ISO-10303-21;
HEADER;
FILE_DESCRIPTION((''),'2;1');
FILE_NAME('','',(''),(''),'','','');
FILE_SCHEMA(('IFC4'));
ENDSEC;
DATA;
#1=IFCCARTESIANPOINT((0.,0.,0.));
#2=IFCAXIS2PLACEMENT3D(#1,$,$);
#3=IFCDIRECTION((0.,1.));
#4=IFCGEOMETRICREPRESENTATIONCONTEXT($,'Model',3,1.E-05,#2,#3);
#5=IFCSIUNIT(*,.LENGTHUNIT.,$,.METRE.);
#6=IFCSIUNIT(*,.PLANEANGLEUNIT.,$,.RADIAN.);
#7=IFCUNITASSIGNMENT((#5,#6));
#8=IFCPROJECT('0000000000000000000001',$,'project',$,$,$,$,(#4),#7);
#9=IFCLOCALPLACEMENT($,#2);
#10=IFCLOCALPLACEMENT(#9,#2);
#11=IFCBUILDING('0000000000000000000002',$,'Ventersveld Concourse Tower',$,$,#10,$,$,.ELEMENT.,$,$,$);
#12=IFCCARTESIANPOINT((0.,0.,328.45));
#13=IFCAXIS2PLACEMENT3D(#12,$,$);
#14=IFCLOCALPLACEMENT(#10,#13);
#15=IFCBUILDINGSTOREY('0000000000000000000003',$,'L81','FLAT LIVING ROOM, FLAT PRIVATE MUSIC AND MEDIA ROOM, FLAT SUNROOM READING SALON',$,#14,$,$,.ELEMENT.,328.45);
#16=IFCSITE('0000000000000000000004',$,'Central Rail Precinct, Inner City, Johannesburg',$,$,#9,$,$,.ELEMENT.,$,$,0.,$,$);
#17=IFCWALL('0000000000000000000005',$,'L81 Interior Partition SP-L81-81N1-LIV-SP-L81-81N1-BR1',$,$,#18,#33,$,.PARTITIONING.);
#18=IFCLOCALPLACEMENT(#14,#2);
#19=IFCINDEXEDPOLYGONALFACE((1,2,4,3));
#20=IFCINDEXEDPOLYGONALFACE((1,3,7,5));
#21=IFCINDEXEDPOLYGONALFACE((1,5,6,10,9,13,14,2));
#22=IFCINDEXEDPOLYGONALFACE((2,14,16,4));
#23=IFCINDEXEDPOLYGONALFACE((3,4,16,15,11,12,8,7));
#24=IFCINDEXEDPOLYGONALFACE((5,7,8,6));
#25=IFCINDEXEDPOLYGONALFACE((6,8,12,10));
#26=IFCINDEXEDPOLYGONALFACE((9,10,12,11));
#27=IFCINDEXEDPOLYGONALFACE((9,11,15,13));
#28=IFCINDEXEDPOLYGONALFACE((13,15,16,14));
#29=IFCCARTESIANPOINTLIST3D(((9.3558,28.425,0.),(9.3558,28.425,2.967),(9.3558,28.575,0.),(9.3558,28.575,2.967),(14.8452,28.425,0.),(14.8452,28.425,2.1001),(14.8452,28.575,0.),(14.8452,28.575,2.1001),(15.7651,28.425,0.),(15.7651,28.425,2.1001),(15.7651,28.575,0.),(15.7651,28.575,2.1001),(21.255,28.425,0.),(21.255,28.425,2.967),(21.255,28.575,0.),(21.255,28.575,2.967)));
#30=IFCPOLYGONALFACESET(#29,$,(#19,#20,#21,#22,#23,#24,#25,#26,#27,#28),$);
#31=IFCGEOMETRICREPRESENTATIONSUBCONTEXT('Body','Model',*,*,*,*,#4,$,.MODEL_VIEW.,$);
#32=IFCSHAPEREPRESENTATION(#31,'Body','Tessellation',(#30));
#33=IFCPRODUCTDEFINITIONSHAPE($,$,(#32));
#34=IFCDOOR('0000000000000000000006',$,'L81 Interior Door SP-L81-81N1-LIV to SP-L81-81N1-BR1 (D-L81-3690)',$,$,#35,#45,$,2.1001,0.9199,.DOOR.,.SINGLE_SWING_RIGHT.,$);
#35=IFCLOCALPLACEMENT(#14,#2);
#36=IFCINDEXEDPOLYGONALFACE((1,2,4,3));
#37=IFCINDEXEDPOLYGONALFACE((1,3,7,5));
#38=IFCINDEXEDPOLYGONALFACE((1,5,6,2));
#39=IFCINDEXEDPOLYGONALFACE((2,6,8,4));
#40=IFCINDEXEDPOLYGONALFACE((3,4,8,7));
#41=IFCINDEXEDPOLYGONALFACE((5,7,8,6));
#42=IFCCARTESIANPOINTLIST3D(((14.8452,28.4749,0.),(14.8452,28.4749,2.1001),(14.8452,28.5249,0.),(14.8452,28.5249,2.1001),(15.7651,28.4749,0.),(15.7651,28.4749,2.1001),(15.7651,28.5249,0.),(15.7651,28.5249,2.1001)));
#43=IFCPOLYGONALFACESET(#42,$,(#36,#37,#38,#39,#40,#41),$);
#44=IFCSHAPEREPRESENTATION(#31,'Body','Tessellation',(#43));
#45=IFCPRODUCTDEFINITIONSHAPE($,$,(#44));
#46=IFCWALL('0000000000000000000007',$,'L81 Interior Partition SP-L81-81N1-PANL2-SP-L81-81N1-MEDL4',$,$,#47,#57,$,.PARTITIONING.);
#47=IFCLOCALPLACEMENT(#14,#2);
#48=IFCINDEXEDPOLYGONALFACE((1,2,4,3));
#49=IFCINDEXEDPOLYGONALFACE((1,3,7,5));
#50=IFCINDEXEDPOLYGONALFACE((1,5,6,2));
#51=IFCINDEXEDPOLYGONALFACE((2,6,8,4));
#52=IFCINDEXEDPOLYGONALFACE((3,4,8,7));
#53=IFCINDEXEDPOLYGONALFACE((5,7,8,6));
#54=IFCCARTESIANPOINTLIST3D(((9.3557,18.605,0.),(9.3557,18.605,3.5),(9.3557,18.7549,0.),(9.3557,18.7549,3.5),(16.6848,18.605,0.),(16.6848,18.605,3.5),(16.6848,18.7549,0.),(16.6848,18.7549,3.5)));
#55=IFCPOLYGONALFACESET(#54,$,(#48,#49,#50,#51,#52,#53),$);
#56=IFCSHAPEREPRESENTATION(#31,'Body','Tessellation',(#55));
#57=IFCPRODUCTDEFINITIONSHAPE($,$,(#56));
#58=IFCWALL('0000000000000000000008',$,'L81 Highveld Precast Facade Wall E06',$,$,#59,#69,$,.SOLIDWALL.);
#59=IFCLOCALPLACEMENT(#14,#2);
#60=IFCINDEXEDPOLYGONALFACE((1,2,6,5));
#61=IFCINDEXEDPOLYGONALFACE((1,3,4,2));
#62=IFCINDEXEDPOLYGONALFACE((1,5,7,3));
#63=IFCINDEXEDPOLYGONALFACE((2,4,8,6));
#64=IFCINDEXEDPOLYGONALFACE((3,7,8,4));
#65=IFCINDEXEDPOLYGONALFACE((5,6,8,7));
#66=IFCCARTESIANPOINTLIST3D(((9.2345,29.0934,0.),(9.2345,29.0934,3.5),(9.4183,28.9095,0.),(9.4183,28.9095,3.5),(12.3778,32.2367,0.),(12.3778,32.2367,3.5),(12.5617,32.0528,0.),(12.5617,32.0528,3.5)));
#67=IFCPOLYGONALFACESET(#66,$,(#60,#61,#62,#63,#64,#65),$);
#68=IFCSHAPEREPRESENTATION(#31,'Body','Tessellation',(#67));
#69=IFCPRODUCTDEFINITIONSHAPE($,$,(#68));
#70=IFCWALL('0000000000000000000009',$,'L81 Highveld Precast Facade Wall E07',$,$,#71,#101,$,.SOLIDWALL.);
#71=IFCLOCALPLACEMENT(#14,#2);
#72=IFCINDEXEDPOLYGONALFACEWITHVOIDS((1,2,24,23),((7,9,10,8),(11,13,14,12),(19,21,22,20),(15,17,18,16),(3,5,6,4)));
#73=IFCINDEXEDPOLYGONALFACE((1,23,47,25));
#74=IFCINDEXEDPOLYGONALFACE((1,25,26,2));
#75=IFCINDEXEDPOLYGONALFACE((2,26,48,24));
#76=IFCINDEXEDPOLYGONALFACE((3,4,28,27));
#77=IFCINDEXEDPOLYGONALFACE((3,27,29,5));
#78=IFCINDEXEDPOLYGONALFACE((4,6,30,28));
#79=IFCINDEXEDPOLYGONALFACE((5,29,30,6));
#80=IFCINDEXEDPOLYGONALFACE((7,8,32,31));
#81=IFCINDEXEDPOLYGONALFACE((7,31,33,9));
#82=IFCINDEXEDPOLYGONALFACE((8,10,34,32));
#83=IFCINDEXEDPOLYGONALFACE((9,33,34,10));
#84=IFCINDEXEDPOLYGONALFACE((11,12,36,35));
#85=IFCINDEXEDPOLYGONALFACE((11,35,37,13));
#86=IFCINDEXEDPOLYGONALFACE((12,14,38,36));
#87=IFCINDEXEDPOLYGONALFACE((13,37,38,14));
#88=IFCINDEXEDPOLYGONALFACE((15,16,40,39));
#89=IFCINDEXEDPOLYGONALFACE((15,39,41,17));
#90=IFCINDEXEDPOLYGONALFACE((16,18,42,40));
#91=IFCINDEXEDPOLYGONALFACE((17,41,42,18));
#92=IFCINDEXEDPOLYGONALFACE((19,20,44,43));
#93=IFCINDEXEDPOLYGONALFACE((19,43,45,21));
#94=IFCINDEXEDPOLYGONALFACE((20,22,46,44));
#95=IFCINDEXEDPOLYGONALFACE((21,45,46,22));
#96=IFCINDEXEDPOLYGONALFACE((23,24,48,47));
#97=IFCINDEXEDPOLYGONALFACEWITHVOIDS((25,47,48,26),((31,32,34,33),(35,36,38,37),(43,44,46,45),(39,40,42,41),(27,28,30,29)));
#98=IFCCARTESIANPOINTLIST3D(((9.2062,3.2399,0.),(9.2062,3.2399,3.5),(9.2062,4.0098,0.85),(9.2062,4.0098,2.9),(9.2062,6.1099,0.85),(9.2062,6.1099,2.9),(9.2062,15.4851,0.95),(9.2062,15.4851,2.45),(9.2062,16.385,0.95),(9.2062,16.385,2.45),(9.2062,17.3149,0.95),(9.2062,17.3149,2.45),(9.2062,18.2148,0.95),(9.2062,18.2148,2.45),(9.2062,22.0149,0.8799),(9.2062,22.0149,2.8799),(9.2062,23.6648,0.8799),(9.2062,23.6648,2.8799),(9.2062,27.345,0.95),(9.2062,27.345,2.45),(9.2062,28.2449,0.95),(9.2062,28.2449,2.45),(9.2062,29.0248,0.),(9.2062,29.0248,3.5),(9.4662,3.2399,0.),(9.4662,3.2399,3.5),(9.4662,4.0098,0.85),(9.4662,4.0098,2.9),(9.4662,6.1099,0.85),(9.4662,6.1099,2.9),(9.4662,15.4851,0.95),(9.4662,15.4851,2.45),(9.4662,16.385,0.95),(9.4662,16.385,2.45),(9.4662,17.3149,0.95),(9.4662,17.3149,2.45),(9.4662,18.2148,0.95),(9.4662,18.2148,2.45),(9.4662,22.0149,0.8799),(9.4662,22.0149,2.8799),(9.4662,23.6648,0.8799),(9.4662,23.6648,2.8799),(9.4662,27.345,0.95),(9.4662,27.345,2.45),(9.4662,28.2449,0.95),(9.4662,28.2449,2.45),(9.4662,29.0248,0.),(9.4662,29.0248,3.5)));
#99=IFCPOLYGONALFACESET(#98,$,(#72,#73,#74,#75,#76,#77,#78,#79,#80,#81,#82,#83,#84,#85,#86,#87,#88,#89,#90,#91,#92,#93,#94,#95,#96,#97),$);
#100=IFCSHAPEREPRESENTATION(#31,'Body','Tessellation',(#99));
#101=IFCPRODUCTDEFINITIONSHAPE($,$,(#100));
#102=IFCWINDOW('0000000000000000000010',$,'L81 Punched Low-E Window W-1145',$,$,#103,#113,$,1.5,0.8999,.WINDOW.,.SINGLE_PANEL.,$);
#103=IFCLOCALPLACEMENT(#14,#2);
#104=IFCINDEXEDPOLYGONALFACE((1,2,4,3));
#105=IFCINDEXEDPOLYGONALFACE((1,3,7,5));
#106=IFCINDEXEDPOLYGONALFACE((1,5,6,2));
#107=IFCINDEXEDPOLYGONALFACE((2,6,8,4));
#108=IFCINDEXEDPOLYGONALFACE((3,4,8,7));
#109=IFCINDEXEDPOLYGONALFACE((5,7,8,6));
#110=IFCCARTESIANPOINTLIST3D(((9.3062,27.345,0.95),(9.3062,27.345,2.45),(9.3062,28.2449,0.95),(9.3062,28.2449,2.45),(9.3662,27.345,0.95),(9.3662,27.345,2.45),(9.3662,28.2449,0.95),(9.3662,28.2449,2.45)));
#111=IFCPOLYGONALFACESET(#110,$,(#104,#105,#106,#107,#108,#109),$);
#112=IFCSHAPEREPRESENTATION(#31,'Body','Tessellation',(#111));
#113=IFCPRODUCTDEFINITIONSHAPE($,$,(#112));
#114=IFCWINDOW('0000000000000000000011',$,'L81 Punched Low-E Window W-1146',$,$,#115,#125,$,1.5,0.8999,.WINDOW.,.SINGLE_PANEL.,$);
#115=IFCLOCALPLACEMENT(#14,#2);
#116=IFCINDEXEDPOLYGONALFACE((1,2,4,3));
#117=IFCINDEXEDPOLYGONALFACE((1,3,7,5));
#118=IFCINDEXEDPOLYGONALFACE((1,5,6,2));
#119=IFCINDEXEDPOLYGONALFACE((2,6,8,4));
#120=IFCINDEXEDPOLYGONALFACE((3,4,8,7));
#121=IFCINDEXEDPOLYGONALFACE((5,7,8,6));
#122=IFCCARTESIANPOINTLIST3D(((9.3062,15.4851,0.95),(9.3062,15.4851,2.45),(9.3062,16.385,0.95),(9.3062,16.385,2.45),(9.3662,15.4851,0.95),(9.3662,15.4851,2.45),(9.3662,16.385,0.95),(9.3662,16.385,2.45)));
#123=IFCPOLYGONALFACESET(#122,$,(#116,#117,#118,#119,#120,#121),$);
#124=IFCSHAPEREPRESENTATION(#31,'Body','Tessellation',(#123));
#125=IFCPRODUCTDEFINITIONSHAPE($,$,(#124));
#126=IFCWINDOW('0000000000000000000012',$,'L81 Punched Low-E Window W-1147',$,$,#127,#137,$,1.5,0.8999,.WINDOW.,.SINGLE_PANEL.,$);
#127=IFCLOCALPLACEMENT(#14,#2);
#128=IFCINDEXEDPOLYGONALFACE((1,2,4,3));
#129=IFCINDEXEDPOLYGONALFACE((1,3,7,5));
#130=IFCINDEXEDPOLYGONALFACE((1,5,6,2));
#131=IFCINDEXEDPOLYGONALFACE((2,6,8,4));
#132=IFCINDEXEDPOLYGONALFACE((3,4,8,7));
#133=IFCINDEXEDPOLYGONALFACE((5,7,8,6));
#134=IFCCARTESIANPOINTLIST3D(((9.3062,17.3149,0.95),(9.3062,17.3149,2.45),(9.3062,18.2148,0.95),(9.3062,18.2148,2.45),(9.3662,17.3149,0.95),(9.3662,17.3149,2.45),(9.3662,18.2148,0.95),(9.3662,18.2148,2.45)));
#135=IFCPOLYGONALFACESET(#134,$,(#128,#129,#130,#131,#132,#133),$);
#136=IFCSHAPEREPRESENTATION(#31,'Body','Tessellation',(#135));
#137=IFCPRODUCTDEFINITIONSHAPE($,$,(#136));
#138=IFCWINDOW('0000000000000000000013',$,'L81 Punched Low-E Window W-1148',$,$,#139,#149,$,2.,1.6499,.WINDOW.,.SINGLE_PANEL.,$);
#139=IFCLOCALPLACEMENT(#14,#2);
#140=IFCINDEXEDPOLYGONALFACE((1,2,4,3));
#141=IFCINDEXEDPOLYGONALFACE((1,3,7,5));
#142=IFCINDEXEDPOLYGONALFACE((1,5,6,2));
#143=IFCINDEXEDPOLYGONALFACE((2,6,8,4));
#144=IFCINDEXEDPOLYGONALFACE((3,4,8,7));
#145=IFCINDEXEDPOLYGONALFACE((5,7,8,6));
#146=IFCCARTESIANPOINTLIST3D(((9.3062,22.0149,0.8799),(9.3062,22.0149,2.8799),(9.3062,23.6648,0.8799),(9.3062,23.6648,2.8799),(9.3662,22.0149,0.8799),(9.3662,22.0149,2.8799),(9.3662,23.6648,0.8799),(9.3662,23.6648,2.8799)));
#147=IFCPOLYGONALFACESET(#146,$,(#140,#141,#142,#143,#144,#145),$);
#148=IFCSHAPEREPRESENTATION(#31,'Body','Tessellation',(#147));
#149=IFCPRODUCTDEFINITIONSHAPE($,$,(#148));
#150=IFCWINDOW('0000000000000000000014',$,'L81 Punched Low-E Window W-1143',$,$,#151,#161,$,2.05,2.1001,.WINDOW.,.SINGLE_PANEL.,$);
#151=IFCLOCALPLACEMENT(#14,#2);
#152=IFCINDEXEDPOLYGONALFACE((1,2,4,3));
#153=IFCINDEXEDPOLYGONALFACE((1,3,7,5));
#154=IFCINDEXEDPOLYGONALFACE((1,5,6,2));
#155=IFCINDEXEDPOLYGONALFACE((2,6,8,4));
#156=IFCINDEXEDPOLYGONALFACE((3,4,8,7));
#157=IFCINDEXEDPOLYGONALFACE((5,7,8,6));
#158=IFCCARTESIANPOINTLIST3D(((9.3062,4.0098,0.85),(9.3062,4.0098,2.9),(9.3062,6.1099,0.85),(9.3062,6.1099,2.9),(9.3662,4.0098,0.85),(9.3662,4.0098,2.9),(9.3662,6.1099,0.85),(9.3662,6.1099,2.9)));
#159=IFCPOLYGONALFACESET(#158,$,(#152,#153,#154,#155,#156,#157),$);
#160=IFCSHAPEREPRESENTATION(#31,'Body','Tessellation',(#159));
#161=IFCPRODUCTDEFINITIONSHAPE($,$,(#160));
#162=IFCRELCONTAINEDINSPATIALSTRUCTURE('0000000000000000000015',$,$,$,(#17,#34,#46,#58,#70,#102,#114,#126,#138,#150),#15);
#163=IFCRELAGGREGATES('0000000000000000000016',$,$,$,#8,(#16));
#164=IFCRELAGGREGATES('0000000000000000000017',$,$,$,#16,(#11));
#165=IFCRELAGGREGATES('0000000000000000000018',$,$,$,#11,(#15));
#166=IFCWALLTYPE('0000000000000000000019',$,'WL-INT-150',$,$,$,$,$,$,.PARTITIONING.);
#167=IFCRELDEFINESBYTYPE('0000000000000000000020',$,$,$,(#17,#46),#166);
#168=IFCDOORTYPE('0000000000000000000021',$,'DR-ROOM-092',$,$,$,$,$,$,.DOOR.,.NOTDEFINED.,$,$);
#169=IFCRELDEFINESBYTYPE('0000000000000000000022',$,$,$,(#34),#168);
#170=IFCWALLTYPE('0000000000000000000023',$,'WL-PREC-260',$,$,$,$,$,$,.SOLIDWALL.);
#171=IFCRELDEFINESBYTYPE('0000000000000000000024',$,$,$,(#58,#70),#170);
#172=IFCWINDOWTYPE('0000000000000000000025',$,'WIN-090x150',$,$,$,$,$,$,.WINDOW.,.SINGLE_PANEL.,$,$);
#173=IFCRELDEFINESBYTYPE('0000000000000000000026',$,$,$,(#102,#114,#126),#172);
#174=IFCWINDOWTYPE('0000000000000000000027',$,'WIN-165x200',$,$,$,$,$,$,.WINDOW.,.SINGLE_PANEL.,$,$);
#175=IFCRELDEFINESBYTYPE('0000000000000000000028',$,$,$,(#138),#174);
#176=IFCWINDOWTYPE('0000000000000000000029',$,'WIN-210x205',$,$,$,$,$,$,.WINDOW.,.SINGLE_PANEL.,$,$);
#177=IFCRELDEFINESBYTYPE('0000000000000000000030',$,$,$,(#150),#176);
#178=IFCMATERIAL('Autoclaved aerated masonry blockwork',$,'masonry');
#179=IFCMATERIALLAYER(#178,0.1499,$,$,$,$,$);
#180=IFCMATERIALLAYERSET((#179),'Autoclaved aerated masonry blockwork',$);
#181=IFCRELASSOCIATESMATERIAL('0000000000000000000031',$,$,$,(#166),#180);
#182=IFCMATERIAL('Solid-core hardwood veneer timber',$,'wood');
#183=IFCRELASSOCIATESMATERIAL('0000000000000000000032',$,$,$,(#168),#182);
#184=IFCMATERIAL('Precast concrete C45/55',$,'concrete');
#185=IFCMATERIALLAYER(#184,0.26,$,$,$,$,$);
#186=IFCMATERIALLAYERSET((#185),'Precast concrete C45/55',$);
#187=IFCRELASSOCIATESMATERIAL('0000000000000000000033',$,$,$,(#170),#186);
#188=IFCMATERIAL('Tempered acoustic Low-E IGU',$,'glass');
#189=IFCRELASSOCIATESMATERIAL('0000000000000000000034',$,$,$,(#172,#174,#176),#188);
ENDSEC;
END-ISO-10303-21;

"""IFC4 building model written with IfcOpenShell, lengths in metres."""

from ifc_helpers import new_model, si_unit, direction, frame, frame_2d, origin, place, context, subcontext, project, spatial, rectangle, extrude, material, layer, layer_set, type_object, element, fill, save


model = new_model("IFC4")

# Units and contexts
model_context = context("Model", 3, precision=1e-05, world=origin(), true_north=direction((0.0, 1.0)))
body_context = subcontext(model_context, "Body", "Model", "MODEL_VIEW")
ifc_project = project(units=[si_unit("LENGTHUNIT", "METRE"), si_unit("PLANEANGLEUNIT", "RADIAN")], contexts=[model_context])

# Site, building, storey
site_placement = place(None, origin())
site = spatial("IfcSite", under=ifc_project, at=site_placement, Name="Central Rail Precinct, Inner City, Johannesburg", CompositionType="ELEMENT", RefElevation=0.0)
building_placement = place(site_placement, origin())
building = spatial("IfcBuilding", under=site, at=building_placement, Name="Ventersveld Concourse Tower", CompositionType="ELEMENT")
storey_placement = place(building_placement, frame((0.0, 0.0, 328.45)))
storey = spatial("IfcBuildingStorey", under=building, at=storey_placement, Name="L81", Description="FLAT LIVING ROOM, FLAT PRIVATE MUSIC AND MEDIA ROOM, FLAT SUNROOM READING SALON", CompositionType="ELEMENT", Elevation=328.45)

# Shared definitions
ifc_material_1 = material(Name="Autoclaved aerated masonry blockwork", Category="masonry")
ifc_layer_1 = layer(ifc_material_1, 0.1499)
ifc_layer_set_1 = layer_set([ifc_layer_1], Name="Autoclaved aerated masonry blockwork")
wall_type_1 = type_object("IfcWallType", Name="WL-INT-150", PredefinedType="PARTITIONING", material=ifc_layer_set_1)
ifc_material_2 = material(Name="Solid-core hardwood veneer timber", Category="wood")
door_type = type_object("IfcDoorType", Name="DR-ROOM-092", OperationType="NOTDEFINED", PredefinedType="DOOR", material=ifc_material_2)

# Wall, opening, door
wall_1_placement = place(storey_placement, frame((9.3557, 28.5, 0.0), z_axis=(0.0, 0.0, 1.0), x_axis=(1.0, 0.0, 0.0)))
wall_1 = element("IfcWall", 1, at=wall_1_placement, inside=storey, type_object=wall_type_1, Name="L81 Interior Partition SP-L81-81N1-LIV-SP-L81-81N1-BR1", PredefinedType="PARTITIONING", context=body_context, shape_type="SweptSolid", body=[
    extrude(rectangle(XDim=11.8992, YDim=0.1499, at=frame_2d((5.9497, 0.0))), origin(), (0.0, 0.0, 1.0), 2.967),
])
opening_1_placement = place(wall_1_placement, frame((5.4895, 0.0, 0.0)))
opening_1 = element("IfcOpeningElement", 2, at=opening_1_placement, cuts=wall_1, PredefinedType="OPENING", context=body_context, shape_type="SweptSolid", body=[
    extrude(rectangle(XDim=0.9199, YDim=2.1001, at=frame_2d((0.46, 1.05))), frame((0.0, 0.085, 0.0), z_axis=(0.0, -1.0, 0.0), x_axis=(1.0, 0.0, 0.0)), (0.0, 0.0, 1.0), 0.1699),
])
door_1_placement = place(opening_1_placement, origin())
door_1 = element("IfcDoor", 3, at=door_1_placement, inside=storey, type_object=door_type, Name="L81 Interior Door SP-L81-81N1-LIV to SP-L81-81N1-BR1 (D-L81-3690)", OperationType="SINGLE_SWING_RIGHT", OverallHeight=2.1001, OverallWidth=0.9199, PredefinedType="DOOR", context=body_context, shape_type="SweptSolid", body=[
    extrude(rectangle(XDim=0.9199, YDim=2.1001, at=frame_2d((0.46, 1.05))), frame((0.0, 0.0249, 0.0), z_axis=(0.0, -1.0, 0.0), x_axis=(1.0, 0.0, 0.0)), (0.0, 0.0, 1.0), 0.05),
])
fill(opening_1, door_1)

# Walls
wall_2_placement = place(storey_placement, frame((9.3557, 18.6799, 0.0), z_axis=(0.0, 0.0, 1.0), x_axis=(1.0, 0.0, 0.0)))
element("IfcWall", 4, at=wall_2_placement, inside=storey, type_object=wall_type_1, Name="L81 Interior Partition SP-L81-81N1-PANL2-SP-L81-81N1-MEDL4", PredefinedType="PARTITIONING", context=body_context, shape_type="SweptSolid", body=[
    extrude(rectangle(XDim=7.3291, YDim=0.1499, at=frame_2d((3.6646, 0.0))), origin(), (0.0, 0.0, 1.0), 3.5),
])
ifc_material_3 = material(Name="Precast concrete C45/55", Category="concrete")
ifc_layer_2 = layer(ifc_material_3, 0.26)
ifc_layer_set_2 = layer_set([ifc_layer_2], Name="Precast concrete C45/55")
wall_type_2 = type_object("IfcWallType", Name="WL-PREC-260", PredefinedType="SOLIDWALL", material=ifc_layer_set_2)
wall_3_placement = place(storey_placement, frame((12.4697, 32.1448, 0.0), z_axis=(0.0, 0.0, 1.0), x_axis=(-0.707107, -0.707107, 0.0)))
element("IfcWall", 5, at=wall_3_placement, inside=storey, type_object=wall_type_2, Name="L81 Highveld Precast Facade Wall E06", PredefinedType="SOLIDWALL", context=body_context, shape_type="SweptSolid", body=[
    extrude(rectangle(XDim=4.4453, YDim=0.26, at=frame_2d((2.2227, 0.0))), origin(), (0.0, 0.0, 1.0), 3.5),
])

# Wall, openings, windows
wall_4_placement = place(storey_placement, frame((9.3362, 29.0249, 0.0), z_axis=(0.0, 0.0, 1.0), x_axis=(0.0, -1.0, 0.0)))
wall_4 = element("IfcWall", 6, at=wall_4_placement, inside=storey, type_object=wall_type_2, Name="L81 Highveld Precast Facade Wall E07", PredefinedType="SOLIDWALL", context=body_context, shape_type="SweptSolid", body=[
    extrude(rectangle(XDim=25.7849, YDim=0.26, at=frame_2d((12.8926, 0.0))), origin(), (0.0, 0.0, 1.0), 3.5),
])
opening_2_placement = place(wall_4_placement, frame((22.915, 0.0, 0.8501)))
opening_2 = element("IfcOpeningElement", 7, at=opening_2_placement, cuts=wall_4, PredefinedType="OPENING", context=body_context, shape_type="SweptSolid", body=[
    extrude(rectangle(XDim=2.1001, YDim=2.05, at=frame_2d((1.05, 1.0249))), frame((0.0, 0.1401, 0.0), z_axis=(0.0, -1.0, 0.0), x_axis=(1.0, 0.0, 0.0)), (0.0, 0.0, 1.0), 0.28),
])
opening_3_placement = place(wall_4_placement, frame((0.78, 0.0, 0.95)))
opening_3 = element("IfcOpeningElement", 8, at=opening_3_placement, cuts=wall_4, PredefinedType="OPENING", context=body_context, shape_type="SweptSolid", body=[
    extrude(rectangle(XDim=0.8999, YDim=1.5, at=frame_2d((0.45, 0.75))), frame((0.0, 0.1401, 0.0), z_axis=(0.0, -1.0, 0.0), x_axis=(1.0, 0.0, 0.0)), (0.0, 0.0, 1.0), 0.28),
])
opening_4_placement = place(wall_4_placement, frame((12.6399, 0.0, 0.95)))
opening_4 = element("IfcOpeningElement", 9, at=opening_4_placement, cuts=wall_4, PredefinedType="OPENING", context=body_context, shape_type="SweptSolid", body=[
    extrude(rectangle(XDim=0.8999, YDim=1.5, at=frame_2d((0.45, 0.75))), frame((0.0, 0.1401, 0.0), z_axis=(0.0, -1.0, 0.0), x_axis=(1.0, 0.0, 0.0)), (0.0, 0.0, 1.0), 0.28),
])
opening_5_placement = place(wall_4_placement, frame((10.8101, 0.0, 0.95)))
opening_5 = element("IfcOpeningElement", 10, at=opening_5_placement, cuts=wall_4, PredefinedType="OPENING", context=body_context, shape_type="SweptSolid", body=[
    extrude(rectangle(XDim=0.8999, YDim=1.5, at=frame_2d((0.45, 0.75))), frame((0.0, 0.1401, 0.0), z_axis=(0.0, -1.0, 0.0), x_axis=(1.0, 0.0, 0.0)), (0.0, 0.0, 1.0), 0.28),
])
opening_6_placement = place(wall_4_placement, frame((5.3601, 0.0, 0.8799)))
opening_6 = element("IfcOpeningElement", 11, at=opening_6_placement, cuts=wall_4, PredefinedType="OPENING", context=body_context, shape_type="SweptSolid", body=[
    extrude(rectangle(XDim=1.6499, YDim=2.0, at=frame_2d((0.825, 1.0))), frame((0.0, 0.1401, 0.0), z_axis=(0.0, -1.0, 0.0), x_axis=(1.0, 0.0, 0.0)), (0.0, 0.0, 1.0), 0.28),
])
ifc_material_4 = material(Name="Tempered acoustic Low-E IGU", Category="glass")
window_type_1 = type_object("IfcWindowType", Name="WIN-090x150", PartitioningType="SINGLE_PANEL", PredefinedType="WINDOW", material=ifc_material_4)
window_1_placement = place(opening_3_placement, origin())
window_1 = element("IfcWindow", 12, at=window_1_placement, inside=storey, type_object=window_type_1, Name="L81 Punched Low-E Window W-1145", OverallHeight=1.5, OverallWidth=0.8999, PartitioningType="SINGLE_PANEL", PredefinedType="WINDOW", context=body_context, shape_type="SweptSolid", body=[
    extrude(rectangle(XDim=0.8999, YDim=1.5, at=frame_2d((0.45, 0.75))), frame((0.0, 0.03, 0.0), z_axis=(0.0, -1.0, 0.0), x_axis=(1.0, 0.0, 0.0)), (0.0, 0.0, 1.0), 0.0601),
])
fill(opening_3, window_1)
window_2_placement = place(opening_4_placement, origin())
window_2 = element("IfcWindow", 13, at=window_2_placement, inside=storey, type_object=window_type_1, Name="L81 Punched Low-E Window W-1146", OverallHeight=1.5, OverallWidth=0.8999, PartitioningType="SINGLE_PANEL", PredefinedType="WINDOW", context=body_context, shape_type="SweptSolid", body=[
    extrude(rectangle(XDim=0.8999, YDim=1.5, at=frame_2d((0.45, 0.75))), frame((0.0, 0.03, 0.0), z_axis=(0.0, -1.0, 0.0), x_axis=(1.0, 0.0, 0.0)), (0.0, 0.0, 1.0), 0.0601),
])
fill(opening_4, window_2)
window_3_placement = place(opening_5_placement, origin())
window_3 = element("IfcWindow", 14, at=window_3_placement, inside=storey, type_object=window_type_1, Name="L81 Punched Low-E Window W-1147", OverallHeight=1.5, OverallWidth=0.8999, PartitioningType="SINGLE_PANEL", PredefinedType="WINDOW", context=body_context, shape_type="SweptSolid", body=[
    extrude(rectangle(XDim=0.8999, YDim=1.5, at=frame_2d((0.45, 0.75))), frame((0.0, 0.03, 0.0), z_axis=(0.0, -1.0, 0.0), x_axis=(1.0, 0.0, 0.0)), (0.0, 0.0, 1.0), 0.0601),
])
fill(opening_5, window_3)
window_type_2 = type_object("IfcWindowType", Name="WIN-165x200", PartitioningType="SINGLE_PANEL", PredefinedType="WINDOW", material=ifc_material_4)
window_4_placement = place(opening_6_placement, origin())
window_4 = element("IfcWindow", 15, at=window_4_placement, inside=storey, type_object=window_type_2, Name="L81 Punched Low-E Window W-1148", OverallHeight=2.0, OverallWidth=1.6499, PartitioningType="SINGLE_PANEL", PredefinedType="WINDOW", context=body_context, shape_type="SweptSolid", body=[
    extrude(rectangle(XDim=1.6499, YDim=2.0, at=frame_2d((0.825, 1.0))), frame((0.0, 0.03, 0.0), z_axis=(0.0, -1.0, 0.0), x_axis=(1.0, 0.0, 0.0)), (0.0, 0.0, 1.0), 0.0601),
])
fill(opening_6, window_4)
window_type_3 = type_object("IfcWindowType", Name="WIN-210x205", PartitioningType="SINGLE_PANEL", PredefinedType="WINDOW", material=ifc_material_4)
window_5_placement = place(opening_2_placement, origin())
window_5 = element("IfcWindow", 16, at=window_5_placement, inside=storey, type_object=window_type_3, Name="L81 Punched Low-E Window W-1143", OverallHeight=2.05, OverallWidth=2.1001, PartitioningType="SINGLE_PANEL", PredefinedType="WINDOW", context=body_context, shape_type="SweptSolid", body=[
    extrude(rectangle(XDim=2.1001, YDim=2.05, at=frame_2d((1.05, 1.0249))), frame((0.0, 0.03, 0.0), z_axis=(0.0, -1.0, 0.0), x_axis=(1.0, 0.0, 0.0)), (0.0, 0.0, 1.0), 0.0601),
])
fill(opening_2, window_5)

save(model, "model.ifc")
